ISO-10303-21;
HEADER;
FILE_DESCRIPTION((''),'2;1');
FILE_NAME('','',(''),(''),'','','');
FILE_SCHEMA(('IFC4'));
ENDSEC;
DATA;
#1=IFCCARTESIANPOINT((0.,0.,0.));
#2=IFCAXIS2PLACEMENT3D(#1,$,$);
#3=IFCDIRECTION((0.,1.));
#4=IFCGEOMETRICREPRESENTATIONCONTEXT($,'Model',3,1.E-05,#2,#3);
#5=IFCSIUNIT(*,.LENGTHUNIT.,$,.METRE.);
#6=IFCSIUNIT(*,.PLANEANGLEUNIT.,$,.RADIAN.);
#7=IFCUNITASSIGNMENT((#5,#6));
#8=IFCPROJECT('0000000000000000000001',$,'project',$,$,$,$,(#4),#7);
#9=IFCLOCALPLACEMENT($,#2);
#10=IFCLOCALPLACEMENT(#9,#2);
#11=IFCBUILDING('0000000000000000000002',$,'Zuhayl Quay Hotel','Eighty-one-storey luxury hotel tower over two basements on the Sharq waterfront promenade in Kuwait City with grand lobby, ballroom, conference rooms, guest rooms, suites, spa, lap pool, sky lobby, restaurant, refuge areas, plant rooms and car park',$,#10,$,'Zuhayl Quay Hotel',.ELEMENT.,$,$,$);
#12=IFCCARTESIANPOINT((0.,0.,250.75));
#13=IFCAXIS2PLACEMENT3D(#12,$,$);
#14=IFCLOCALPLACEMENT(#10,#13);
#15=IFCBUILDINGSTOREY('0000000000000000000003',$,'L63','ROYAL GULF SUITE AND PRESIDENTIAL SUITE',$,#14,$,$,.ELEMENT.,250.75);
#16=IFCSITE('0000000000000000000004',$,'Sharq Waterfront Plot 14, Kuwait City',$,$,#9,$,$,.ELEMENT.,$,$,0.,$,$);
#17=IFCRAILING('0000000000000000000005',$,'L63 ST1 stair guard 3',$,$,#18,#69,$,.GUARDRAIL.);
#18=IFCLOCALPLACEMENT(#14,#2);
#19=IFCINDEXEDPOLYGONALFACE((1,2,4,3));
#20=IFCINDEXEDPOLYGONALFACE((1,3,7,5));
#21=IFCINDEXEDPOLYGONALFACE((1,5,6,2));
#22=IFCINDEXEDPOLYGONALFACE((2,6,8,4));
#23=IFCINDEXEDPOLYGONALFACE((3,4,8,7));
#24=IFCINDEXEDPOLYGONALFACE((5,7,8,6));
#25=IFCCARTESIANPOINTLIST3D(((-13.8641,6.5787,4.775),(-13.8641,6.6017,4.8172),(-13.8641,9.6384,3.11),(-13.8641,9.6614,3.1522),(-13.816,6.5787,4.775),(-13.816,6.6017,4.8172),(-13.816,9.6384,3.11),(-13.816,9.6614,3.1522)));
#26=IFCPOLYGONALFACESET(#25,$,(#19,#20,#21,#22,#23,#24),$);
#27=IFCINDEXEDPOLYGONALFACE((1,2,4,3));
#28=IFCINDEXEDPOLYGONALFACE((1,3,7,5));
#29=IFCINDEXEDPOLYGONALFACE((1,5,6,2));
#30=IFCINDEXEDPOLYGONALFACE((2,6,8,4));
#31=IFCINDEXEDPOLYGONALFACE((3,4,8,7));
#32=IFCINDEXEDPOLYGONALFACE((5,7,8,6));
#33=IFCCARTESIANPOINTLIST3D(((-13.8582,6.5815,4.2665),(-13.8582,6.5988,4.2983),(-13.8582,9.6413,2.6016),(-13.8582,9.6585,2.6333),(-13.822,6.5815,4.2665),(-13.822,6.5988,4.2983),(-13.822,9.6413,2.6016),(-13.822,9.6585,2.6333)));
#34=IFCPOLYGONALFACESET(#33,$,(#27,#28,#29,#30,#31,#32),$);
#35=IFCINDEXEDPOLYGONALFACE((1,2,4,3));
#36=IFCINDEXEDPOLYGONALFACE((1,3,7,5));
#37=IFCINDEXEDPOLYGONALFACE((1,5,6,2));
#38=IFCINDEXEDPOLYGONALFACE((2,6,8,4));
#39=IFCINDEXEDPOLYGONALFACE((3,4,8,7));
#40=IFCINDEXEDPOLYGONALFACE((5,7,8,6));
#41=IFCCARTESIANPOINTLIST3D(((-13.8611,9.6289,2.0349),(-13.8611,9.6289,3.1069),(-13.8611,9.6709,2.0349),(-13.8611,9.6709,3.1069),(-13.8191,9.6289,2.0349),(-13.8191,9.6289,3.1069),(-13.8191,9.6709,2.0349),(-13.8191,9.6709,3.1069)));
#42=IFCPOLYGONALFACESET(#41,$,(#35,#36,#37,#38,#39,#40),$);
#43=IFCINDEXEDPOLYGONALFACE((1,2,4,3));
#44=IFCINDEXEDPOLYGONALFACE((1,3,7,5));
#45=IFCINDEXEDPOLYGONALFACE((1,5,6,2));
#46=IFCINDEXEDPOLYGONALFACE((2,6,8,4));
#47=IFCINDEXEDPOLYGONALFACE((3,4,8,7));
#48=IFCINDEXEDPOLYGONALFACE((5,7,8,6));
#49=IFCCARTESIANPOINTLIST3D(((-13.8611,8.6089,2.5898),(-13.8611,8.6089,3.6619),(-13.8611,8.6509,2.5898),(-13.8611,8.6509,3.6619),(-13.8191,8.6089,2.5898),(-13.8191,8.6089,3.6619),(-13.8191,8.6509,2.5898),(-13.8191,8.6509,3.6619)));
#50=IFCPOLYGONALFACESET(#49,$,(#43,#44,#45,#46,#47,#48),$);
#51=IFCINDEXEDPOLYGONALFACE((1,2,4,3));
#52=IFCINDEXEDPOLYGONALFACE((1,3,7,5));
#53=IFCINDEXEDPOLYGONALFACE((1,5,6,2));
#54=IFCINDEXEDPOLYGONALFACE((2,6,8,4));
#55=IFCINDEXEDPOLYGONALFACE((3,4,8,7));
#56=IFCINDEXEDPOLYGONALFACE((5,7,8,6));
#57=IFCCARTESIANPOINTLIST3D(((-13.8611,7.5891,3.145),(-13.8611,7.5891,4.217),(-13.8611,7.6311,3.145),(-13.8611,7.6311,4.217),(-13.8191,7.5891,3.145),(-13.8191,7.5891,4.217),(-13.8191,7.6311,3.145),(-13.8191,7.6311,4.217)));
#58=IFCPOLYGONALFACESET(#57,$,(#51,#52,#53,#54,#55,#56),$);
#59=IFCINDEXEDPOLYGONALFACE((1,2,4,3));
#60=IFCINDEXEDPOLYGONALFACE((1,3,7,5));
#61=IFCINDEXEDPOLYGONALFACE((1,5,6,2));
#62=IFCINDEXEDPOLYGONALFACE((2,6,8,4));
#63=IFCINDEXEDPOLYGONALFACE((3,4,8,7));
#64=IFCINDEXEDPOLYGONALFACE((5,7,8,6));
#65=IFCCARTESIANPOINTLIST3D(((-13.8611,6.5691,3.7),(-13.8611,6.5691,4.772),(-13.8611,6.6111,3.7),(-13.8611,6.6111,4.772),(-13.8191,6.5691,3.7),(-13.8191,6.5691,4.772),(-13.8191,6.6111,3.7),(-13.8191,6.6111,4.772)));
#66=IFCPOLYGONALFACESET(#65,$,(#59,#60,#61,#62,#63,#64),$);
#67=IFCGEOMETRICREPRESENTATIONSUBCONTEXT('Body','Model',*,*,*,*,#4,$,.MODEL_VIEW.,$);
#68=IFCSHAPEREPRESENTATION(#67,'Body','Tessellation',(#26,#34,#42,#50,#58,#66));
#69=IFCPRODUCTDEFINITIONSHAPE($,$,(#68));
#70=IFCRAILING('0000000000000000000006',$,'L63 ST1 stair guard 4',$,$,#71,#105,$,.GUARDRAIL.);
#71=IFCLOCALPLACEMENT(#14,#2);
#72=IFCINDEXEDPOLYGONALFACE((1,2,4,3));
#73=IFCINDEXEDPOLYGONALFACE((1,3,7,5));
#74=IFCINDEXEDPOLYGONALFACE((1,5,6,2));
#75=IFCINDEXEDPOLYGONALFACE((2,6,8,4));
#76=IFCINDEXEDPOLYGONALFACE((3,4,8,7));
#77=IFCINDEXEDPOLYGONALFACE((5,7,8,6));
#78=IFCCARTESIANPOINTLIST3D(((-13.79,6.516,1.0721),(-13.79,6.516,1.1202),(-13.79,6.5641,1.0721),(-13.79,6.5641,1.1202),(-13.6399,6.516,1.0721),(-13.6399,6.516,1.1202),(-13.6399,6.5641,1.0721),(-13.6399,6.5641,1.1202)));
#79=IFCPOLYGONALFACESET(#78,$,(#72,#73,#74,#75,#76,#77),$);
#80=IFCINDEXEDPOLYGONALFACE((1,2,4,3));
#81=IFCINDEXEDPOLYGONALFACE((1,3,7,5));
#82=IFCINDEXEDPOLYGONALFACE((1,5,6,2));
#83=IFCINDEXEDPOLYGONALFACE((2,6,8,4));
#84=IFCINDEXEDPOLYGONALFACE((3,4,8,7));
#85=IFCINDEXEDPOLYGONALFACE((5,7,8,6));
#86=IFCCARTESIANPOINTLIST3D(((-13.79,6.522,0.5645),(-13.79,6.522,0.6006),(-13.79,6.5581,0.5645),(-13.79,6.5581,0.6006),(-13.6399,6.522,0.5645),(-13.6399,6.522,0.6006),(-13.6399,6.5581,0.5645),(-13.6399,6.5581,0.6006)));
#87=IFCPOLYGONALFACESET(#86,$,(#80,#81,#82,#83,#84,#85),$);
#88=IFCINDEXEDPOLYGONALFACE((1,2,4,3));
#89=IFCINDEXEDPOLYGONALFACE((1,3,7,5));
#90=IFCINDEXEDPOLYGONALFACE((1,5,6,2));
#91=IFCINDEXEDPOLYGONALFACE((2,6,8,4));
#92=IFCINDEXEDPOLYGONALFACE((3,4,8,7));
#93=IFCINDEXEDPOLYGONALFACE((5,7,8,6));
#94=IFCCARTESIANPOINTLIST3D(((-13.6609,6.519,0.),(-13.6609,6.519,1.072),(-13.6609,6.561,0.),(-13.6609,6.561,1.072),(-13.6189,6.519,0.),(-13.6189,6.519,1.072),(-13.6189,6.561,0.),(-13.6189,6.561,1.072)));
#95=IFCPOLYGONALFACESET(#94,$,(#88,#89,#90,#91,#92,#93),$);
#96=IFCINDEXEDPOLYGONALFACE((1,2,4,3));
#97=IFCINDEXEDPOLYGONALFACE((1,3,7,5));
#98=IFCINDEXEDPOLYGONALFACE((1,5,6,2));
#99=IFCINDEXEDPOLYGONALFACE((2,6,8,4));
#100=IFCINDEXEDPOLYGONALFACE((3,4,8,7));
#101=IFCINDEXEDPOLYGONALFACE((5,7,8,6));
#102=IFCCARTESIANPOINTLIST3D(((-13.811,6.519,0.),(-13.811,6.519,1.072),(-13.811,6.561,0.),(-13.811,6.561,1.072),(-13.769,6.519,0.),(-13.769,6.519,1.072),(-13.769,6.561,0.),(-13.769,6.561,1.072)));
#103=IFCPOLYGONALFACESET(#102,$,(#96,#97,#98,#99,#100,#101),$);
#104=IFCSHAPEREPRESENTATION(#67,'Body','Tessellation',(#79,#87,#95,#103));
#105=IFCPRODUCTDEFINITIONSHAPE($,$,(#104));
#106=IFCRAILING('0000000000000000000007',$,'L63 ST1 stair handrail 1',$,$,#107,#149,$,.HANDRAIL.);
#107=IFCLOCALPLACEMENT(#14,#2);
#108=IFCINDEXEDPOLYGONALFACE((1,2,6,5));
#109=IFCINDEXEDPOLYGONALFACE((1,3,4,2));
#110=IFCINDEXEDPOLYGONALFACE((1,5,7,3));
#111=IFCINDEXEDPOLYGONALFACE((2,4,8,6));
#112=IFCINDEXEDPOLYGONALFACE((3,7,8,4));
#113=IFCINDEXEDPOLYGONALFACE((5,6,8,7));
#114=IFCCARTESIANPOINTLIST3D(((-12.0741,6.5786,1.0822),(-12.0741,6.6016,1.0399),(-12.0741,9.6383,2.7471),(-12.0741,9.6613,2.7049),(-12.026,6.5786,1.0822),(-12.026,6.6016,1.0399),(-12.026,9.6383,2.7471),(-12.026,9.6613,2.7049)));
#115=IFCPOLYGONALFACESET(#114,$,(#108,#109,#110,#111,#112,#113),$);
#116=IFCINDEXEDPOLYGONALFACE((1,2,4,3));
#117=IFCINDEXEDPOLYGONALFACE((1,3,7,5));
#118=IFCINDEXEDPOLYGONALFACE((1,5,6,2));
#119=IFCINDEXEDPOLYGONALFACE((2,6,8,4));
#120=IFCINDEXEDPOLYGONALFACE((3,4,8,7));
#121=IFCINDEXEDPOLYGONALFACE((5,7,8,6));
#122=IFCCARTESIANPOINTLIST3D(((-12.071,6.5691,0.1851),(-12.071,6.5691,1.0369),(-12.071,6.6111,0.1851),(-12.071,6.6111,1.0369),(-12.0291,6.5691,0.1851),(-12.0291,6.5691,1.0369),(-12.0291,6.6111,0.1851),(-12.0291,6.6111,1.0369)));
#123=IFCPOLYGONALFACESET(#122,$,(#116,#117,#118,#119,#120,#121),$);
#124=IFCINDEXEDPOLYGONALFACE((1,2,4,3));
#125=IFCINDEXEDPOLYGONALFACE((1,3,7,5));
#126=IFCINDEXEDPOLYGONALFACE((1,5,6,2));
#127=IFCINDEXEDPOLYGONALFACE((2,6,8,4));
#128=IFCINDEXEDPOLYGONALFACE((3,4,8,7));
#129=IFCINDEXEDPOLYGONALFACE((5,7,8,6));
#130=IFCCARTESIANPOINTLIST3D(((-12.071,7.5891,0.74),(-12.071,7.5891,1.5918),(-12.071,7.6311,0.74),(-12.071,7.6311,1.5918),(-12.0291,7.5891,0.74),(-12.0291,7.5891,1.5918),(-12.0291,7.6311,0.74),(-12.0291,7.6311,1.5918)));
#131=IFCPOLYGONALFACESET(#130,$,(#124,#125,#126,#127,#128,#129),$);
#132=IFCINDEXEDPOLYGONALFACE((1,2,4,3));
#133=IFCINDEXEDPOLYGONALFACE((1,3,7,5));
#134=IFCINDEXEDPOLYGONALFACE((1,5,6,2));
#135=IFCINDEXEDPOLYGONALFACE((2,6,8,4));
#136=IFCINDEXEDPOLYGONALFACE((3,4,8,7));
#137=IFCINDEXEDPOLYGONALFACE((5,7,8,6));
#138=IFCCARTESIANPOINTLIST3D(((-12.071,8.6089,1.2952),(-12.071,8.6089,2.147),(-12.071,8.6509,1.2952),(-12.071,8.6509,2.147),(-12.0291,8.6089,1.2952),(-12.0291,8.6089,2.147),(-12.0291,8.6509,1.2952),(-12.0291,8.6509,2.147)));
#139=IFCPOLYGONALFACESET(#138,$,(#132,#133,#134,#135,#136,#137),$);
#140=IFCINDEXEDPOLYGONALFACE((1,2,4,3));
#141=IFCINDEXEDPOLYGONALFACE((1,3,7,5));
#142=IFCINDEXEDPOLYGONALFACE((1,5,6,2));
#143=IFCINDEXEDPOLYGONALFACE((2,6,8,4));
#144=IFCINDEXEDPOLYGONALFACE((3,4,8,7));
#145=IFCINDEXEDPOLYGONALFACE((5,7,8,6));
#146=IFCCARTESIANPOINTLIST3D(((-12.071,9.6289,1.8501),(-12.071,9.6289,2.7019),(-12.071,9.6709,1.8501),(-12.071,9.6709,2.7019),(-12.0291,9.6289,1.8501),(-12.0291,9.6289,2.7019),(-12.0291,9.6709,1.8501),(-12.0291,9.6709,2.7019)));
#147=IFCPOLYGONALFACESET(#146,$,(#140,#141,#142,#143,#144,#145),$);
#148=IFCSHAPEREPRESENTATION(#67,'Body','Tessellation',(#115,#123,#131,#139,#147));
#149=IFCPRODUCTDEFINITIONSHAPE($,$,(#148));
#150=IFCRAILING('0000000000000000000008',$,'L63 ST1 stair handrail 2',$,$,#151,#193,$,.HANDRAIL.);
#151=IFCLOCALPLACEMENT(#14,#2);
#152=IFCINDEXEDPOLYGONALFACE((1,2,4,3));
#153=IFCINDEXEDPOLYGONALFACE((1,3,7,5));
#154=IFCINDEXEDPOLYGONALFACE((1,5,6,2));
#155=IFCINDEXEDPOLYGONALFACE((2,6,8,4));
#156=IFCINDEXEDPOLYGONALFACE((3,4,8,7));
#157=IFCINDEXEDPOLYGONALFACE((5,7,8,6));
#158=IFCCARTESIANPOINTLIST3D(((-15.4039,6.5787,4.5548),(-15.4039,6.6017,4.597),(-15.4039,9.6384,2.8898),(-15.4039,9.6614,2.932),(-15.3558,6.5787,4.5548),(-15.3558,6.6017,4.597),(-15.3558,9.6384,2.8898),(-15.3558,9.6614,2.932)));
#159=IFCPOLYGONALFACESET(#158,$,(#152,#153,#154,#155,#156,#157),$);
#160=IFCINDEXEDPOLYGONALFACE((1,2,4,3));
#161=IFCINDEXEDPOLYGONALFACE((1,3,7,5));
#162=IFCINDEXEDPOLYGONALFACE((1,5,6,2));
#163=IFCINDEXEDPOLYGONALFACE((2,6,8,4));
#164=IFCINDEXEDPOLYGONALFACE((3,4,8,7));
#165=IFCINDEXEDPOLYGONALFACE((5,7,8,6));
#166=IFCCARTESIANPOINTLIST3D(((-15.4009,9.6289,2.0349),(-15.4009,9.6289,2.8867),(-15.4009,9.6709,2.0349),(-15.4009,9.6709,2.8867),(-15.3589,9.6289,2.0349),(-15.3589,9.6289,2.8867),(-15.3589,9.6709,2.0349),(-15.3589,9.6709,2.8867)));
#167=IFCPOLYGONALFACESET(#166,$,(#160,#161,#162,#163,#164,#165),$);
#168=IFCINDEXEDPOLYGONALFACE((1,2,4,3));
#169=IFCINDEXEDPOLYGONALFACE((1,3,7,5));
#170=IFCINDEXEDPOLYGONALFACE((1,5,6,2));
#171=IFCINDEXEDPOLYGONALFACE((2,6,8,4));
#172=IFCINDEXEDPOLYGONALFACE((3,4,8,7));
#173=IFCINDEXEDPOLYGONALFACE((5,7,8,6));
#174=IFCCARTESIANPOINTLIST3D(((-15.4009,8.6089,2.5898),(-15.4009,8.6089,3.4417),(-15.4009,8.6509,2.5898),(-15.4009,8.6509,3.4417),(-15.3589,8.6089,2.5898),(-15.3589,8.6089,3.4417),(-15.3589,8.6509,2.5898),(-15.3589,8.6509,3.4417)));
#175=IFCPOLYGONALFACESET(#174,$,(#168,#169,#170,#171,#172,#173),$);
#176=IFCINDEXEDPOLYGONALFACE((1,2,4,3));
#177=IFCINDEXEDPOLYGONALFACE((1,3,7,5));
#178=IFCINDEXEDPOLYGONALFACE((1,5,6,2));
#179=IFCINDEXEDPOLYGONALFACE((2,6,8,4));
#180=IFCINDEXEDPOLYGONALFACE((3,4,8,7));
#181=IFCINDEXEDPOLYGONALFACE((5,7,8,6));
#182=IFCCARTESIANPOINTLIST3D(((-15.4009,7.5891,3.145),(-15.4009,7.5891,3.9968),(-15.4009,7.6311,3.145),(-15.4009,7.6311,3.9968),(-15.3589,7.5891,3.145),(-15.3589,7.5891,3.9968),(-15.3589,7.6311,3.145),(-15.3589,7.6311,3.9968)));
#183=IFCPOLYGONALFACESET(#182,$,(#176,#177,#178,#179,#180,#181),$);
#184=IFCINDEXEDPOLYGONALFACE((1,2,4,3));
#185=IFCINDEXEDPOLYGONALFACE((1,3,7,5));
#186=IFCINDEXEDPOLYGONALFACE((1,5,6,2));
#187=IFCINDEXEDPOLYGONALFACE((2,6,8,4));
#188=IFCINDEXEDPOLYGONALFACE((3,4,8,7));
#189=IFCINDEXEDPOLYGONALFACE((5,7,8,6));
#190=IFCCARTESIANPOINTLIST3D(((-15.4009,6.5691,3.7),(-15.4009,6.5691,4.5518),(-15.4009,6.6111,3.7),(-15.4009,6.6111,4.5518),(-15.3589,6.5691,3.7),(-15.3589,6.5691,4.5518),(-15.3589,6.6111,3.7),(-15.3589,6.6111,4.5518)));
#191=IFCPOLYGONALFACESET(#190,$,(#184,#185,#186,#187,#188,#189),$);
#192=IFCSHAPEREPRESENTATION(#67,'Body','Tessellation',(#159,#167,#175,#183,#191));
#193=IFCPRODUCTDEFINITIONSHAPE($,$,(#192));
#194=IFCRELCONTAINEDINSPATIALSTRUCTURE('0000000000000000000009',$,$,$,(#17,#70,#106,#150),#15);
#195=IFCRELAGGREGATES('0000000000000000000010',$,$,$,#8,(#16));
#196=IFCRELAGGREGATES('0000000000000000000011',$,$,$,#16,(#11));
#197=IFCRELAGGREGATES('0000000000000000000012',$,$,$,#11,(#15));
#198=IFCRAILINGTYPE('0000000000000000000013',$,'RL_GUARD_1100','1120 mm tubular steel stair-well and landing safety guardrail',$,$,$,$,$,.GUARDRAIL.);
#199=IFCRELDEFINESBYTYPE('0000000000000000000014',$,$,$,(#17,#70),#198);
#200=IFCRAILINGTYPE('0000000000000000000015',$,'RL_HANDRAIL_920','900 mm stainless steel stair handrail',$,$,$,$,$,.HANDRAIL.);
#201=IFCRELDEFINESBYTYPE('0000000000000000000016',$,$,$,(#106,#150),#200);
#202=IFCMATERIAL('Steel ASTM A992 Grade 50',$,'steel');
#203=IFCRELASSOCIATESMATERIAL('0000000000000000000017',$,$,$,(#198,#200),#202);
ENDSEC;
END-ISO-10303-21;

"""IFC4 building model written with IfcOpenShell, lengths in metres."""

from ifc_helpers import new_model, si_unit, direction, frame, origin, origin_2d, place, context, subcontext, project, spatial, rectangle, extrude, material, type_object, element, save


model = new_model("IFC4")

# Units and contexts
model_context = context("Model", 3, precision=1e-05, world=origin(), true_north=direction((0.0, 1.0)))
body_context = subcontext(model_context, "Body", "Model", "MODEL_VIEW")
ifc_project = project(units=[si_unit("LENGTHUNIT", "METRE"), si_unit("PLANEANGLEUNIT", "RADIAN")], contexts=[model_context])

# Site, building, storey
site_placement = place(None, origin())
site = spatial("IfcSite", under=ifc_project, at=site_placement, Name="Sharq Waterfront Plot 14, Kuwait City", CompositionType="ELEMENT", RefElevation=0.0)
building_placement = place(site_placement, origin())
building = spatial("IfcBuilding", under=site, at=building_placement, Name="Zuhayl Quay Hotel", Description="Eighty-one-storey luxury hotel tower over two basements on the Sharq waterfront promenade in Kuwait City with grand lobby, ballroom, conference rooms, guest rooms, suites, spa, lap pool, sky lobby, restaurant, refuge areas, plant rooms and car park", LongName="Zuhayl Quay Hotel", CompositionType="ELEMENT")
storey_placement = place(building_placement, frame((0.0, 0.0, 250.75)))
storey = spatial("IfcBuildingStorey", under=building, at=storey_placement, Name="L63", Description="ROYAL GULF SUITE AND PRESIDENTIAL SUITE", CompositionType="ELEMENT", Elevation=250.75)

# Shared definitions
ifc_material_1 = material(Name="Steel ASTM A992 Grade 50", Category="steel")

# Railings
railing_type_1 = type_object("IfcRailingType", Name="RL_GUARD_1100", Description="1120 mm tubular steel stair-well and landing safety guardrail", PredefinedType="GUARDRAIL", material=ifc_material_1)
railing_1_placement = place(storey_placement, frame((-13.8401, 9.6499, 2.0349)))
element("IfcRailing", 1, at=railing_1_placement, inside=storey, type_object=railing_type_1, Name="L63 ST1 stair guard 3", PredefinedType="GUARDRAIL", context=body_context, shape_type="SweptSolid", body=[
    extrude(rectangle(XDim=0.0481, YDim=0.0481, at=origin_2d()), frame((0.0, 0.0, 1.0962), z_axis=(0.0, -0.878372, 0.477978), x_axis=(1.0, 0.0, 0.0)), (0.0, 0.0, 1.0), 3.4834),
    extrude(rectangle(XDim=0.0361, YDim=0.0361, at=origin_2d()), frame((0.0, 0.0, 0.5825), z_axis=(0.0, -0.878372, 0.477978), x_axis=(1.0, 0.0, 0.0)), (0.0, 0.0, 1.0), 3.4834),
    extrude(rectangle(XDim=0.042, YDim=0.042, at=origin_2d()), origin(), (0.0, 0.0, 1.0), 1.072),
    extrude(rectangle(XDim=0.042, YDim=0.042, at=origin_2d()), frame((0.0, -1.02, 0.5549)), (0.0, 0.0, 1.0), 1.072),
    extrude(rectangle(XDim=0.042, YDim=0.042, at=origin_2d()), frame((0.0, -2.0398, 1.1101)), (0.0, 0.0, 1.0), 1.072),
    extrude(rectangle(XDim=0.042, YDim=0.042, at=origin_2d()), frame((0.0, -3.0598, 1.665)), (0.0, 0.0, 1.0), 1.072),
])
railing_2_placement = place(storey_placement, frame((-13.6399, 6.54, 0.0)))
element("IfcRailing", 2, at=railing_2_placement, inside=storey, type_object=railing_type_1, Name="L63 ST1 stair guard 4", PredefinedType="GUARDRAIL", context=body_context, shape_type="SweptSolid", body=[
    extrude(rectangle(XDim=0.0481, YDim=0.0481, at=origin_2d()), frame((0.0, 0.0, 1.0962), z_axis=(-1.0, 0.0, 0.0), x_axis=(0.0, -1.0, 0.0)), (0.0, 0.0, 1.0), 0.1501),
    extrude(rectangle(XDim=0.0361, YDim=0.0361, at=origin_2d()), frame((0.0, 0.0, 0.5825), z_axis=(-1.0, 0.0, 0.0), x_axis=(0.0, -1.0, 0.0)), (0.0, 0.0, 1.0), 0.1501),
    extrude(rectangle(XDim=0.042, YDim=0.042, at=origin_2d()), origin(), (0.0, 0.0, 1.0), 1.072),
    extrude(rectangle(XDim=0.042, YDim=0.042, at=origin_2d()), frame((-0.1501, 0.0, 0.0)), (0.0, 0.0, 1.0), 1.072),
])
railing_type_2 = type_object("IfcRailingType", Name="RL_HANDRAIL_920", Description="900 mm stainless steel stair handrail", PredefinedType="HANDRAIL", material=ifc_material_1)
railing_3_placement = place(storey_placement, frame((-12.05, 6.5901, 0.1851)))
element("IfcRailing", 3, at=railing_3_placement, inside=storey, type_object=railing_type_2, Name="L63 ST1 stair handrail 1", PredefinedType="HANDRAIL", context=body_context, shape_type="SweptSolid", body=[
    extrude(rectangle(XDim=0.0481, YDim=0.0481, at=origin_2d()), frame((0.0, 0.0, 0.876), z_axis=(0.0, 0.878372, 0.477978), x_axis=(-1.0, 0.0, 0.0)), (0.0, 0.0, 1.0), 3.4834),
    extrude(rectangle(XDim=0.042, YDim=0.042, at=origin_2d()), origin(), (0.0, 0.0, 1.0), 0.8518),
    extrude(rectangle(XDim=0.042, YDim=0.042, at=origin_2d()), frame((0.0, 1.02, 0.5549)), (0.0, 0.0, 1.0), 0.8518),
    extrude(rectangle(XDim=0.042, YDim=0.042, at=origin_2d()), frame((0.0, 2.0398, 1.1101)), (0.0, 0.0, 1.0), 0.8518),
    extrude(rectangle(XDim=0.042, YDim=0.042, at=origin_2d()), frame((0.0, 3.0598, 1.665)), (0.0, 0.0, 1.0), 0.8518),
])
railing_4_placement = place(storey_placement, frame((-15.3799, 9.6499, 2.0349)))
element("IfcRailing", 4, at=railing_4_placement, inside=storey, type_object=railing_type_2, Name="L63 ST1 stair handrail 2", PredefinedType="HANDRAIL", context=body_context, shape_type="SweptSolid", body=[
    extrude(rectangle(XDim=0.0481, YDim=0.0481, at=origin_2d()), frame((0.0, 0.0, 0.876), z_axis=(0.0, -0.878372, 0.477978), x_axis=(1.0, 0.0, 0.0)), (0.0, 0.0, 1.0), 3.4834),
    extrude(rectangle(XDim=0.042, YDim=0.042, at=origin_2d()), origin(), (0.0, 0.0, 1.0), 0.8518),
    extrude(rectangle(XDim=0.042, YDim=0.042, at=origin_2d()), frame((0.0, -1.02, 0.5549)), (0.0, 0.0, 1.0), 0.8518),
    extrude(rectangle(XDim=0.042, YDim=0.042, at=origin_2d()), frame((0.0, -2.0398, 1.1101)), (0.0, 0.0, 1.0), 0.8518),
    extrude(rectangle(XDim=0.042, YDim=0.042, at=origin_2d()), frame((0.0, -3.0598, 1.665)), (0.0, 0.0, 1.0), 0.8518),
])

save(model, "model.ifc")
